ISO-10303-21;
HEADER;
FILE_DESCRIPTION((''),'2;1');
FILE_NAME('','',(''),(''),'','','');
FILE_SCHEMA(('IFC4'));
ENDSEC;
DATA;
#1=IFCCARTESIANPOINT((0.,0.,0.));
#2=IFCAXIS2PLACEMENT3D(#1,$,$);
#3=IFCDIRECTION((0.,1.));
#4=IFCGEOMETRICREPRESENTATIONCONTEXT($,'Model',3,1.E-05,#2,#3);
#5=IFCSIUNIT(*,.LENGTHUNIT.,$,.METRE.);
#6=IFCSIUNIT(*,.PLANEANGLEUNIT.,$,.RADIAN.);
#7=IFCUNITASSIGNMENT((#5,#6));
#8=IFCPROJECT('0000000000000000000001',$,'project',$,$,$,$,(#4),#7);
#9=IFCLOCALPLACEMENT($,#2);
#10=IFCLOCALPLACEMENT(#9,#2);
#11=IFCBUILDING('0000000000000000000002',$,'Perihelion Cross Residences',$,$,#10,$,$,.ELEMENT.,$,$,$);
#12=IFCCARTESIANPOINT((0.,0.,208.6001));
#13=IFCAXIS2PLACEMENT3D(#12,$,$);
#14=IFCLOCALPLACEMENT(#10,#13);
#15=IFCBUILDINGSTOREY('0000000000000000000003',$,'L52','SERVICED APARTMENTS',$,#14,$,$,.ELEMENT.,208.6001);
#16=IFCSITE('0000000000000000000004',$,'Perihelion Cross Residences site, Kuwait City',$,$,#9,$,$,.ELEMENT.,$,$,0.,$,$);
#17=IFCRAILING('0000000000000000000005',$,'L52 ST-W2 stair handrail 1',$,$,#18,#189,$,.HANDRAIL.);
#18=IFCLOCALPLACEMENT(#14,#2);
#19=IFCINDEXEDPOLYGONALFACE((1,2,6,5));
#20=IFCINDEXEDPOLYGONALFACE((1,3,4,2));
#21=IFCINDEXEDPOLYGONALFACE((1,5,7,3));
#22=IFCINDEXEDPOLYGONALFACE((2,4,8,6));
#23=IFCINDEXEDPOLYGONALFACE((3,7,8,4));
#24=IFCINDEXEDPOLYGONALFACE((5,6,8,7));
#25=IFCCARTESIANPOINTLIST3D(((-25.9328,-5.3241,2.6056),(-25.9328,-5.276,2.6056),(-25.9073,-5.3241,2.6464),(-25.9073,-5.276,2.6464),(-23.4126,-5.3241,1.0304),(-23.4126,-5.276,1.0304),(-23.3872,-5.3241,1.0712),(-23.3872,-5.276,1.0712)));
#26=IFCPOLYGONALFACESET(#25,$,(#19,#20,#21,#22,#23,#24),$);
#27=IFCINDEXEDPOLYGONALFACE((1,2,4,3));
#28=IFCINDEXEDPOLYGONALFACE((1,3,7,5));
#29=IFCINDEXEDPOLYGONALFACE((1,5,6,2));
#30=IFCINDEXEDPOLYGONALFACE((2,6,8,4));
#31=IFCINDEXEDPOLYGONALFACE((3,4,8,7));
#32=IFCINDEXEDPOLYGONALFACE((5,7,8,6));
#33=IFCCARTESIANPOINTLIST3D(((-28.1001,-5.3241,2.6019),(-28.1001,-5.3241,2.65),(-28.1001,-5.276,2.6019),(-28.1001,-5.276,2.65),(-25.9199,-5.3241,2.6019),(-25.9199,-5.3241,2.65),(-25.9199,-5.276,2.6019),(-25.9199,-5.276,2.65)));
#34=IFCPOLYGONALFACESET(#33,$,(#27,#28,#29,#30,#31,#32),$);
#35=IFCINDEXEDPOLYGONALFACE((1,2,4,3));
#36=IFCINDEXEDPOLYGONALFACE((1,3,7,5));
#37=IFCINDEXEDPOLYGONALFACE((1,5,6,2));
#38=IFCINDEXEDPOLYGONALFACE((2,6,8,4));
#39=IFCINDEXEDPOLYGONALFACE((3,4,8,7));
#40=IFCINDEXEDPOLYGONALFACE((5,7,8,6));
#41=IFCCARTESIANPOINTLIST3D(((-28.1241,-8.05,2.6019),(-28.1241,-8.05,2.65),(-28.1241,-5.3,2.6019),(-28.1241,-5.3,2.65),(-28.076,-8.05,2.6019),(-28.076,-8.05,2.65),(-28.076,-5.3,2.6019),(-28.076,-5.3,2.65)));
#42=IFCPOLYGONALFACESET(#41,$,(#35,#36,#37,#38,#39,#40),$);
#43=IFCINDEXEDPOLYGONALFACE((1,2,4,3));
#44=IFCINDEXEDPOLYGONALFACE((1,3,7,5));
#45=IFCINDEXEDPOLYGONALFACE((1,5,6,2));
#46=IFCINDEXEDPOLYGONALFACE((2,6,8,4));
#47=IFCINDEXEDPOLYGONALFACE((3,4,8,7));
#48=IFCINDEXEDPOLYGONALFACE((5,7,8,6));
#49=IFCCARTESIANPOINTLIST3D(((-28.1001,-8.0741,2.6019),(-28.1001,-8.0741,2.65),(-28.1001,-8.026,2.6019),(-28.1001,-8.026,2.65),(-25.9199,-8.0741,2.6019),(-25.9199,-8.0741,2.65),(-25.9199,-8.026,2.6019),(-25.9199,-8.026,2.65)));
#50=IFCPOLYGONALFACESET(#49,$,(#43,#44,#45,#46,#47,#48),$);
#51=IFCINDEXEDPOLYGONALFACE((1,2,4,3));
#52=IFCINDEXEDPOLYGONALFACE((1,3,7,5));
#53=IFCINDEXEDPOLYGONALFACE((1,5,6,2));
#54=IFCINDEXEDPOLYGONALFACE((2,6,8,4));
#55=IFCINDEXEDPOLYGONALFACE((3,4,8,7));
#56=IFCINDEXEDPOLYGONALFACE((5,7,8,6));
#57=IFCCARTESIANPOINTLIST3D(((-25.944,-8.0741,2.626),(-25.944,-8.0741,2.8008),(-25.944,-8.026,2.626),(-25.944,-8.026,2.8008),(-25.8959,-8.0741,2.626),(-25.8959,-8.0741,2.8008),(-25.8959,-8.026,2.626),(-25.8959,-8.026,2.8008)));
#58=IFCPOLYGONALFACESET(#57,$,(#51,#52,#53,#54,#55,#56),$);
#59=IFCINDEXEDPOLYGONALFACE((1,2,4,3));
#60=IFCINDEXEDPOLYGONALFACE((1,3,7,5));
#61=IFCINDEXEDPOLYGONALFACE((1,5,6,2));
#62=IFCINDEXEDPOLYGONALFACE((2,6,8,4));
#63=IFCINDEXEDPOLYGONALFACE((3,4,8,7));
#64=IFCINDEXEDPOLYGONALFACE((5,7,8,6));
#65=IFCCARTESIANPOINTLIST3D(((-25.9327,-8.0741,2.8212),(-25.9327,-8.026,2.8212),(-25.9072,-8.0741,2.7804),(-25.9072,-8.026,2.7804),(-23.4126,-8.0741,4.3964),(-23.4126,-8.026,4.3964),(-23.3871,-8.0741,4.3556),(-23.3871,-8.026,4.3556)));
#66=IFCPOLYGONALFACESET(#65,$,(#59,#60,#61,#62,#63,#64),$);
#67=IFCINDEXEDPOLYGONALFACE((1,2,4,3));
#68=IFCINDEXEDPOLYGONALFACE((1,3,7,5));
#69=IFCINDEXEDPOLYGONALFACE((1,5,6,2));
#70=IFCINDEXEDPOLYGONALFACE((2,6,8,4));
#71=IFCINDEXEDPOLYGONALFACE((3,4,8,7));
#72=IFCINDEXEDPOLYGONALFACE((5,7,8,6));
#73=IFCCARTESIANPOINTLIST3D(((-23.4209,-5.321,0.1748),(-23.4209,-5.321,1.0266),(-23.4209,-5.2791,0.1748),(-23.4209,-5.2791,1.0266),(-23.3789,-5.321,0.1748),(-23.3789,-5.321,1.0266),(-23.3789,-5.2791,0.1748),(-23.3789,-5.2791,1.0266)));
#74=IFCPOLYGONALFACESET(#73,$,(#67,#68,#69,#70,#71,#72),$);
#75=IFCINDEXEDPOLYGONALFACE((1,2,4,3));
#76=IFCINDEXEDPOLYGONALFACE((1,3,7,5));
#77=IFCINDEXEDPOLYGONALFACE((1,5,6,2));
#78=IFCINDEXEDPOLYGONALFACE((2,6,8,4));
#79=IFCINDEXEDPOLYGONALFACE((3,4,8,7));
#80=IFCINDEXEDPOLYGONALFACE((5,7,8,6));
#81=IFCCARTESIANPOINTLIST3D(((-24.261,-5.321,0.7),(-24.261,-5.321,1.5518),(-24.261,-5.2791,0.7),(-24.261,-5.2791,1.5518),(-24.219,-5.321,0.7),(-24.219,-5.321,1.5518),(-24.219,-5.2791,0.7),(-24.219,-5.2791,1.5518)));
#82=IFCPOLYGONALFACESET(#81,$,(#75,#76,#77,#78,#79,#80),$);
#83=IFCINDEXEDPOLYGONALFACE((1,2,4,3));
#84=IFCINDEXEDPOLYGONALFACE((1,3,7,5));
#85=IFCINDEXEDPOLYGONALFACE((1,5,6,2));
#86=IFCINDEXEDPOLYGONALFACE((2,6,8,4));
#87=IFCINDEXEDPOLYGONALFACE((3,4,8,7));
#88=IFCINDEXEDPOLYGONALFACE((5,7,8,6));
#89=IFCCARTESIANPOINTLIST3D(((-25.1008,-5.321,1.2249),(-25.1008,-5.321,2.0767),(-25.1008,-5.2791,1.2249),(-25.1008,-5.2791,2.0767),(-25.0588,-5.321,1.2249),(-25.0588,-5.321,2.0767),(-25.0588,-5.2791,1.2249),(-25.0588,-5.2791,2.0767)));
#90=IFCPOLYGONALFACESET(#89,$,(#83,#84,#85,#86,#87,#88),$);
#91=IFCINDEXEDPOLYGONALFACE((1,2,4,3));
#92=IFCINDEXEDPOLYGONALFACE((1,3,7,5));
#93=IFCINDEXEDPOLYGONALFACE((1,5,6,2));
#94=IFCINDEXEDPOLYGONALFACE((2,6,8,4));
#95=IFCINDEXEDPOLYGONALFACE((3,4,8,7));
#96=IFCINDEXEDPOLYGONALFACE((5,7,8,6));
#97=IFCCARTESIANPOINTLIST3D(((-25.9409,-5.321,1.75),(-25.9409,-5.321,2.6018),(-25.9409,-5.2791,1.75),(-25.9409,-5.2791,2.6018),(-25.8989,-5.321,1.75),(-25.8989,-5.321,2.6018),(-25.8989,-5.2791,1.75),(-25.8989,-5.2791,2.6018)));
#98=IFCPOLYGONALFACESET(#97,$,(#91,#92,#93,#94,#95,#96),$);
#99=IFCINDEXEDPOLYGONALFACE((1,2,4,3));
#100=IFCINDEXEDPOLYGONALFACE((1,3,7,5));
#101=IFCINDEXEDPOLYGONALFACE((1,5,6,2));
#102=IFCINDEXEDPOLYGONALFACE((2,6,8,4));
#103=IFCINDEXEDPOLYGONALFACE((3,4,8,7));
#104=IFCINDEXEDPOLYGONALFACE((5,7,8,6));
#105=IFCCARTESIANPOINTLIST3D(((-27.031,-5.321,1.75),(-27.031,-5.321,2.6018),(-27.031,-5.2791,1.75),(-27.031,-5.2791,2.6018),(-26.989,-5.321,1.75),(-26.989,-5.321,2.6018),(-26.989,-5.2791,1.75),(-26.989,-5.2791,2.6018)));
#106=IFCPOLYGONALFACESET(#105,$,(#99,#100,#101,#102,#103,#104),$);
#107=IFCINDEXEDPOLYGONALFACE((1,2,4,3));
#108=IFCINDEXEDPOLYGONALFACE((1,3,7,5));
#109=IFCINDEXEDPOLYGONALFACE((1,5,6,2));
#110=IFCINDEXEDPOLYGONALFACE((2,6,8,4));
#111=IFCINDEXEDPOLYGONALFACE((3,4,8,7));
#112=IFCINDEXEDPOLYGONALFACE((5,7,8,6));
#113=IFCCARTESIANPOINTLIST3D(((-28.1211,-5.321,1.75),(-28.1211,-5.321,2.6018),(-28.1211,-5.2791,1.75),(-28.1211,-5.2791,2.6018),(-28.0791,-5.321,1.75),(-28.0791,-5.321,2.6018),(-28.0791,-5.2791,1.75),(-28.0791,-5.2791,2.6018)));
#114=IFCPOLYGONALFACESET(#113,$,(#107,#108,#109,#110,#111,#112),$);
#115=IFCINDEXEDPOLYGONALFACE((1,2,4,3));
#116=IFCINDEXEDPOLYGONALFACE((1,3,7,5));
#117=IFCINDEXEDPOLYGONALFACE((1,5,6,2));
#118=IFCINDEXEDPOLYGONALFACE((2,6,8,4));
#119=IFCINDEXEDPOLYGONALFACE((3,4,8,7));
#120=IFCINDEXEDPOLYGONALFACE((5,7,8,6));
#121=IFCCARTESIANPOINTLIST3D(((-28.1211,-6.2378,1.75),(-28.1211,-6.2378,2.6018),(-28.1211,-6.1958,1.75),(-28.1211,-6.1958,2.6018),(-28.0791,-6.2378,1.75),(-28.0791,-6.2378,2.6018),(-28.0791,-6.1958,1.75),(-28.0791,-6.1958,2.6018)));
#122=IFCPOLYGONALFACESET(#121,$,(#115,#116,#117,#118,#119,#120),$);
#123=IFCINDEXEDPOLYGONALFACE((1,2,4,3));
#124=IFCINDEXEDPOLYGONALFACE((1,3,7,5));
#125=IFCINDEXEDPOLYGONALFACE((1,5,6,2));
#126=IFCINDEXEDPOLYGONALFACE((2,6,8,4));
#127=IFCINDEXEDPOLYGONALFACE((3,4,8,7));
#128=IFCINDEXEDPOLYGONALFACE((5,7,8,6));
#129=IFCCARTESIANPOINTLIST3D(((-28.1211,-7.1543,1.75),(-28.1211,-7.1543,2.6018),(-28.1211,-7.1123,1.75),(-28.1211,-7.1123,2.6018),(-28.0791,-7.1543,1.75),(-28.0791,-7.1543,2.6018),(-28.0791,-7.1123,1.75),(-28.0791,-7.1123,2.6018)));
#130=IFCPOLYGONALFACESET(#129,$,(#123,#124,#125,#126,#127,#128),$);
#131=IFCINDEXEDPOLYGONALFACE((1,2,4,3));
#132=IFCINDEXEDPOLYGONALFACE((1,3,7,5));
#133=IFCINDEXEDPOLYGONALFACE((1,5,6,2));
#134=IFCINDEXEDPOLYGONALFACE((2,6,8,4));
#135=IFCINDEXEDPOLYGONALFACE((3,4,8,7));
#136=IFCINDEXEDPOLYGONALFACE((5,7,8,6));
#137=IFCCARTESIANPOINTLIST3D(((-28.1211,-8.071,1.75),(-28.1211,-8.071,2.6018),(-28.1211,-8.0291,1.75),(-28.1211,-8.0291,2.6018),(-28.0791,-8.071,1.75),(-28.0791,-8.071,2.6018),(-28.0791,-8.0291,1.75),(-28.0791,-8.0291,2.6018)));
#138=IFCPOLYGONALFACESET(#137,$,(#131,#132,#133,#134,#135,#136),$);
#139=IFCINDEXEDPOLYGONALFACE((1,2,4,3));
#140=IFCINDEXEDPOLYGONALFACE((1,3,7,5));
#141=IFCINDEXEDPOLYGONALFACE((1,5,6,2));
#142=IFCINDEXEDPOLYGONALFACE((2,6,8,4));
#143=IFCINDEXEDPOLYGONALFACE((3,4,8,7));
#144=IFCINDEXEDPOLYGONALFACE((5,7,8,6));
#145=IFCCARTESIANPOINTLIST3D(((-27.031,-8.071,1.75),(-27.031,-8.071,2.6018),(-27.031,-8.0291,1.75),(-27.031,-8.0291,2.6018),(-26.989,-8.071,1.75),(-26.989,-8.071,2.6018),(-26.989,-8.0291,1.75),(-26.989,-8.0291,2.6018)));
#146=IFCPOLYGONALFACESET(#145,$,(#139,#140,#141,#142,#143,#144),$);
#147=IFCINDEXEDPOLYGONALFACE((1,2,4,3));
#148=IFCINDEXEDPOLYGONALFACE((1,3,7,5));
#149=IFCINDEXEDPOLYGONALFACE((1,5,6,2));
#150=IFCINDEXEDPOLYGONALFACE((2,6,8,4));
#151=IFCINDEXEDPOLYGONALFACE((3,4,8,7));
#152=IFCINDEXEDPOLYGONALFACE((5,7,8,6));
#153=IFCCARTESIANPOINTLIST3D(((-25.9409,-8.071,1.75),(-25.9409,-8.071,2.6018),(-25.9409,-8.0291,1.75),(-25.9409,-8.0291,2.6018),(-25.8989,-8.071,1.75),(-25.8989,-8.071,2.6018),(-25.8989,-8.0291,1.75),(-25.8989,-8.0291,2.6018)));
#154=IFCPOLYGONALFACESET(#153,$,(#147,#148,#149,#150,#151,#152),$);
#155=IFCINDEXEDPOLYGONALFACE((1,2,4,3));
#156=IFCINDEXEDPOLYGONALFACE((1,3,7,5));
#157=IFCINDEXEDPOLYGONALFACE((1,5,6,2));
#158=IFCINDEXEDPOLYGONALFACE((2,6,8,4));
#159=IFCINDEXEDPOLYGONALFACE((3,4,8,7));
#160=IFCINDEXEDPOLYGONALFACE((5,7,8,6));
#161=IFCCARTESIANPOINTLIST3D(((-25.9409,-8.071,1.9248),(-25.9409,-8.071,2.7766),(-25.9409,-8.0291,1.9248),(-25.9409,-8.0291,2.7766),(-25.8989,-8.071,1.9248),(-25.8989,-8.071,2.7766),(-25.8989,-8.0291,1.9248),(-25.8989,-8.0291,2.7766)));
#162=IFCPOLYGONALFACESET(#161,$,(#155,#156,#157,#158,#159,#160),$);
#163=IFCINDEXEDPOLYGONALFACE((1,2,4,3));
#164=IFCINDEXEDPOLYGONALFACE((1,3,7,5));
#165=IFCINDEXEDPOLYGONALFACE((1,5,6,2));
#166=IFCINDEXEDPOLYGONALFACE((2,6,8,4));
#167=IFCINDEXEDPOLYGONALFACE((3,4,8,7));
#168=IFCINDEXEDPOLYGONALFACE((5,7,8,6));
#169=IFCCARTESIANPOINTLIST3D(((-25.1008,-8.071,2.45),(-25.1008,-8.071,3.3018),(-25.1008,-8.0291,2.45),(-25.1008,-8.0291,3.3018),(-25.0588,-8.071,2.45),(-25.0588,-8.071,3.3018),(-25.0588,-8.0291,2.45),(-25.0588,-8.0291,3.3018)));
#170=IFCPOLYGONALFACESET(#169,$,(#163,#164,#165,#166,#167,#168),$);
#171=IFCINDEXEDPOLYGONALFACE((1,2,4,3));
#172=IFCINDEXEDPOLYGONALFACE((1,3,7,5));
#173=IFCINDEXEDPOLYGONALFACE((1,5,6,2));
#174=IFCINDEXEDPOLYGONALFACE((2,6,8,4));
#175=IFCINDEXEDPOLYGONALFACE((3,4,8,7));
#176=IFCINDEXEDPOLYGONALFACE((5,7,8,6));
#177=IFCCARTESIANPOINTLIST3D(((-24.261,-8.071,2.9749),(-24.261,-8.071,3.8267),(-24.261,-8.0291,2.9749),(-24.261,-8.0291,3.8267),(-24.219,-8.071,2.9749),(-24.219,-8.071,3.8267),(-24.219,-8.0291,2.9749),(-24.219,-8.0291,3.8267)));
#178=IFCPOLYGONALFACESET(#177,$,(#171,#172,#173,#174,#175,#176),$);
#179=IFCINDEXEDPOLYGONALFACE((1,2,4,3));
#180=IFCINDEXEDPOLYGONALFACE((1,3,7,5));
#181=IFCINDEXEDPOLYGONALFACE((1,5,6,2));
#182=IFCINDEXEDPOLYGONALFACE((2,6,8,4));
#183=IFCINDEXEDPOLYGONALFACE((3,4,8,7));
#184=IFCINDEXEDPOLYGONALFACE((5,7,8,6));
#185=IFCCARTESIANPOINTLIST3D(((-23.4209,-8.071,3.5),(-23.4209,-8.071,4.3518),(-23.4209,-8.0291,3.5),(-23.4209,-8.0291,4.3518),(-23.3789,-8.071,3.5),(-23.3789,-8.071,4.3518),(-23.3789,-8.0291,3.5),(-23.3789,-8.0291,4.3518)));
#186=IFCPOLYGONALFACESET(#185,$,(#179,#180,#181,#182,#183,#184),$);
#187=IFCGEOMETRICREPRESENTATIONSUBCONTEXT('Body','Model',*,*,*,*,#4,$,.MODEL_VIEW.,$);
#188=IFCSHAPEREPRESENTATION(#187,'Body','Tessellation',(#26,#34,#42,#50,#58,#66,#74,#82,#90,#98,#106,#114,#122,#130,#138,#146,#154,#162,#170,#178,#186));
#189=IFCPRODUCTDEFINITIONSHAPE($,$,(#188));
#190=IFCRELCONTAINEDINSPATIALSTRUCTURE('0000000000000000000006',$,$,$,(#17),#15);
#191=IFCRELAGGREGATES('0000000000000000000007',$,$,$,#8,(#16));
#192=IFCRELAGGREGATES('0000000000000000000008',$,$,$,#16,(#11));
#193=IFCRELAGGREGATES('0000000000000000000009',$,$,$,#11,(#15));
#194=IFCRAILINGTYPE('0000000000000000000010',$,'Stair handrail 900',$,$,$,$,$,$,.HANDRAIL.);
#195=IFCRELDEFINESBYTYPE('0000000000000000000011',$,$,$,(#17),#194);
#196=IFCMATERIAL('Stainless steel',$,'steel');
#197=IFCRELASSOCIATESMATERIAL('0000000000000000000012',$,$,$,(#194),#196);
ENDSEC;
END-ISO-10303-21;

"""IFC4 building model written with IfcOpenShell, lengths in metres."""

from ifc_helpers import new_model, si_unit, direction, frame, origin, origin_2d, place, context, subcontext, project, spatial, rectangle, extrude, material, type_object, element, save


model = new_model("IFC4")

# Units and contexts
model_context = context("Model", 3, precision=1e-05, world=origin(), true_north=direction((0.0, 1.0)))
body_context = subcontext(model_context, "Body", "Model", "MODEL_VIEW")
ifc_project = project(units=[si_unit("LENGTHUNIT", "METRE"), si_unit("PLANEANGLEUNIT", "RADIAN")], contexts=[model_context])

# Site, building, storey
site_placement = place(None, origin())
site = spatial("IfcSite", under=ifc_project, at=site_placement, Name="Perihelion Cross Residences site, Kuwait City", CompositionType="ELEMENT", RefElevation=0.0)
building_placement = place(site_placement, origin())
building = spatial("IfcBuilding", under=site, at=building_placement, Name="Perihelion Cross Residences", CompositionType="ELEMENT")
storey_placement = place(building_placement, frame((0.0, 0.0, 208.6001)))
storey = spatial("IfcBuildingStorey", under=building, at=storey_placement, Name="L52", Description="SERVICED APARTMENTS", CompositionType="ELEMENT", Elevation=208.6001)

# Railing
ifc_material_1 = material(Name="Stainless steel", Category="steel")
railing_type_1 = type_object("IfcRailingType", Name="Stair handrail 900", PredefinedType="HANDRAIL", material=ifc_material_1)
railing_1_placement = place(storey_placement, frame((-23.3999, -5.3, 0.1748)))
element("IfcRailing", 1, at=railing_1_placement, inside=storey, type_object=railing_type_1, Name="L52 ST-W2 stair handrail 1", PredefinedType="HANDRAIL", context=body_context, shape_type="SweptSolid", body=[
    extrude(rectangle(XDim=0.0481, YDim=0.0481, at=origin_2d()), frame((0.0, 0.0, 0.876), z_axis=(-0.847971, 0.0, 0.530043), x_axis=(0.0, -1.0, 0.0)), (0.0, 0.0, 1.0), 2.9719),
    extrude(rectangle(XDim=0.0481, YDim=0.0481, at=origin_2d()), frame((-2.52, 0.0, 2.4512), z_axis=(-1.0, 0.0, 0.0), x_axis=(0.0, -1.0, 0.0)), (0.0, 0.0, 1.0), 2.1802),
    extrude(rectangle(XDim=0.0481, YDim=0.0481, at=origin_2d()), frame((-4.7002, 0.0, 2.4512), z_axis=(0.0, -1.0, 0.0), x_axis=(1.0, 0.0, 0.0)), (0.0, 0.0, 1.0), 2.75),
    extrude(rectangle(XDim=0.0481, YDim=0.0481, at=origin_2d()), frame((-4.7002, -2.75, 2.4512), z_axis=(1.0, 0.0, 0.0), x_axis=(0.0, 1.0, 0.0)), (0.0, 0.0, 1.0), 2.1802),
    extrude(rectangle(XDim=0.0481, YDim=0.0481, at=origin_2d()), frame((-2.52, -2.75, 2.4512), z_axis=(0.0, 0.0, 1.0), x_axis=(1.0, 0.0, 0.0)), (0.0, 0.0, 1.0), 0.1748),
    extrude(rectangle(XDim=0.0481, YDim=0.0481, at=origin_2d()), frame((-2.52, -2.75, 2.626), z_axis=(0.847971, 0.0, 0.530043), x_axis=(0.0, 1.0, 0.0)), (0.0, 0.0, 1.0), 2.9719),
    extrude(rectangle(XDim=0.042, YDim=0.042, at=origin_2d()), origin(), (0.0, 0.0, 1.0), 0.8518),
    extrude(rectangle(XDim=0.042, YDim=0.042, at=origin_2d()), frame((-0.8401, 0.0, 0.5251)), (0.0, 0.0, 1.0), 0.8518),
    extrude(rectangle(XDim=0.042, YDim=0.042, at=origin_2d()), frame((-1.6799, 0.0, 1.05)), (0.0, 0.0, 1.0), 0.8518),
    extrude(rectangle(XDim=0.042, YDim=0.042, at=origin_2d()), frame((-2.52, 0.0, 1.5752)), (0.0, 0.0, 1.0), 0.8518),
    extrude(rectangle(XDim=0.042, YDim=0.042, at=origin_2d()), frame((-3.6101, 0.0, 1.5752)), (0.0, 0.0, 1.0), 0.8518),
    extrude(rectangle(XDim=0.042, YDim=0.042, at=origin_2d()), frame((-4.7002, 0.0, 1.5752)), (0.0, 0.0, 1.0), 0.8518),
    extrude(rectangle(XDim=0.042, YDim=0.042, at=origin_2d()), frame((-4.7002, -0.9167, 1.5752)), (0.0, 0.0, 1.0), 0.8518),
    extrude(rectangle(XDim=0.042, YDim=0.042, at=origin_2d()), frame((-4.7002, -1.8333, 1.5752)), (0.0, 0.0, 1.0), 0.8518),
    extrude(rectangle(XDim=0.042, YDim=0.042, at=origin_2d()), frame((-4.7002, -2.75, 1.5752)), (0.0, 0.0, 1.0), 0.8518),
    extrude(rectangle(XDim=0.042, YDim=0.042, at=origin_2d()), frame((-3.6101, -2.75, 1.5752)), (0.0, 0.0, 1.0), 0.8518),
    extrude(rectangle(XDim=0.042, YDim=0.042, at=origin_2d()), frame((-2.52, -2.75, 1.5752)), (0.0, 0.0, 1.0), 0.8518),
    extrude(rectangle(XDim=0.042, YDim=0.042, at=origin_2d()), frame((-2.52, -2.75, 1.75)), (0.0, 0.0, 1.0), 0.8518),
    extrude(rectangle(XDim=0.042, YDim=0.042, at=origin_2d()), frame((-1.6799, -2.75, 2.2751)), (0.0, 0.0, 1.0), 0.8518),
    extrude(rectangle(XDim=0.042, YDim=0.042, at=origin_2d()), frame((-0.8401, -2.75, 2.8)), (0.0, 0.0, 1.0), 0.8518),
    extrude(rectangle(XDim=0.042, YDim=0.042, at=origin_2d()), frame((0.0, -2.75, 3.3252)), (0.0, 0.0, 1.0), 0.8518),
])

save(model, "model.ifc")
